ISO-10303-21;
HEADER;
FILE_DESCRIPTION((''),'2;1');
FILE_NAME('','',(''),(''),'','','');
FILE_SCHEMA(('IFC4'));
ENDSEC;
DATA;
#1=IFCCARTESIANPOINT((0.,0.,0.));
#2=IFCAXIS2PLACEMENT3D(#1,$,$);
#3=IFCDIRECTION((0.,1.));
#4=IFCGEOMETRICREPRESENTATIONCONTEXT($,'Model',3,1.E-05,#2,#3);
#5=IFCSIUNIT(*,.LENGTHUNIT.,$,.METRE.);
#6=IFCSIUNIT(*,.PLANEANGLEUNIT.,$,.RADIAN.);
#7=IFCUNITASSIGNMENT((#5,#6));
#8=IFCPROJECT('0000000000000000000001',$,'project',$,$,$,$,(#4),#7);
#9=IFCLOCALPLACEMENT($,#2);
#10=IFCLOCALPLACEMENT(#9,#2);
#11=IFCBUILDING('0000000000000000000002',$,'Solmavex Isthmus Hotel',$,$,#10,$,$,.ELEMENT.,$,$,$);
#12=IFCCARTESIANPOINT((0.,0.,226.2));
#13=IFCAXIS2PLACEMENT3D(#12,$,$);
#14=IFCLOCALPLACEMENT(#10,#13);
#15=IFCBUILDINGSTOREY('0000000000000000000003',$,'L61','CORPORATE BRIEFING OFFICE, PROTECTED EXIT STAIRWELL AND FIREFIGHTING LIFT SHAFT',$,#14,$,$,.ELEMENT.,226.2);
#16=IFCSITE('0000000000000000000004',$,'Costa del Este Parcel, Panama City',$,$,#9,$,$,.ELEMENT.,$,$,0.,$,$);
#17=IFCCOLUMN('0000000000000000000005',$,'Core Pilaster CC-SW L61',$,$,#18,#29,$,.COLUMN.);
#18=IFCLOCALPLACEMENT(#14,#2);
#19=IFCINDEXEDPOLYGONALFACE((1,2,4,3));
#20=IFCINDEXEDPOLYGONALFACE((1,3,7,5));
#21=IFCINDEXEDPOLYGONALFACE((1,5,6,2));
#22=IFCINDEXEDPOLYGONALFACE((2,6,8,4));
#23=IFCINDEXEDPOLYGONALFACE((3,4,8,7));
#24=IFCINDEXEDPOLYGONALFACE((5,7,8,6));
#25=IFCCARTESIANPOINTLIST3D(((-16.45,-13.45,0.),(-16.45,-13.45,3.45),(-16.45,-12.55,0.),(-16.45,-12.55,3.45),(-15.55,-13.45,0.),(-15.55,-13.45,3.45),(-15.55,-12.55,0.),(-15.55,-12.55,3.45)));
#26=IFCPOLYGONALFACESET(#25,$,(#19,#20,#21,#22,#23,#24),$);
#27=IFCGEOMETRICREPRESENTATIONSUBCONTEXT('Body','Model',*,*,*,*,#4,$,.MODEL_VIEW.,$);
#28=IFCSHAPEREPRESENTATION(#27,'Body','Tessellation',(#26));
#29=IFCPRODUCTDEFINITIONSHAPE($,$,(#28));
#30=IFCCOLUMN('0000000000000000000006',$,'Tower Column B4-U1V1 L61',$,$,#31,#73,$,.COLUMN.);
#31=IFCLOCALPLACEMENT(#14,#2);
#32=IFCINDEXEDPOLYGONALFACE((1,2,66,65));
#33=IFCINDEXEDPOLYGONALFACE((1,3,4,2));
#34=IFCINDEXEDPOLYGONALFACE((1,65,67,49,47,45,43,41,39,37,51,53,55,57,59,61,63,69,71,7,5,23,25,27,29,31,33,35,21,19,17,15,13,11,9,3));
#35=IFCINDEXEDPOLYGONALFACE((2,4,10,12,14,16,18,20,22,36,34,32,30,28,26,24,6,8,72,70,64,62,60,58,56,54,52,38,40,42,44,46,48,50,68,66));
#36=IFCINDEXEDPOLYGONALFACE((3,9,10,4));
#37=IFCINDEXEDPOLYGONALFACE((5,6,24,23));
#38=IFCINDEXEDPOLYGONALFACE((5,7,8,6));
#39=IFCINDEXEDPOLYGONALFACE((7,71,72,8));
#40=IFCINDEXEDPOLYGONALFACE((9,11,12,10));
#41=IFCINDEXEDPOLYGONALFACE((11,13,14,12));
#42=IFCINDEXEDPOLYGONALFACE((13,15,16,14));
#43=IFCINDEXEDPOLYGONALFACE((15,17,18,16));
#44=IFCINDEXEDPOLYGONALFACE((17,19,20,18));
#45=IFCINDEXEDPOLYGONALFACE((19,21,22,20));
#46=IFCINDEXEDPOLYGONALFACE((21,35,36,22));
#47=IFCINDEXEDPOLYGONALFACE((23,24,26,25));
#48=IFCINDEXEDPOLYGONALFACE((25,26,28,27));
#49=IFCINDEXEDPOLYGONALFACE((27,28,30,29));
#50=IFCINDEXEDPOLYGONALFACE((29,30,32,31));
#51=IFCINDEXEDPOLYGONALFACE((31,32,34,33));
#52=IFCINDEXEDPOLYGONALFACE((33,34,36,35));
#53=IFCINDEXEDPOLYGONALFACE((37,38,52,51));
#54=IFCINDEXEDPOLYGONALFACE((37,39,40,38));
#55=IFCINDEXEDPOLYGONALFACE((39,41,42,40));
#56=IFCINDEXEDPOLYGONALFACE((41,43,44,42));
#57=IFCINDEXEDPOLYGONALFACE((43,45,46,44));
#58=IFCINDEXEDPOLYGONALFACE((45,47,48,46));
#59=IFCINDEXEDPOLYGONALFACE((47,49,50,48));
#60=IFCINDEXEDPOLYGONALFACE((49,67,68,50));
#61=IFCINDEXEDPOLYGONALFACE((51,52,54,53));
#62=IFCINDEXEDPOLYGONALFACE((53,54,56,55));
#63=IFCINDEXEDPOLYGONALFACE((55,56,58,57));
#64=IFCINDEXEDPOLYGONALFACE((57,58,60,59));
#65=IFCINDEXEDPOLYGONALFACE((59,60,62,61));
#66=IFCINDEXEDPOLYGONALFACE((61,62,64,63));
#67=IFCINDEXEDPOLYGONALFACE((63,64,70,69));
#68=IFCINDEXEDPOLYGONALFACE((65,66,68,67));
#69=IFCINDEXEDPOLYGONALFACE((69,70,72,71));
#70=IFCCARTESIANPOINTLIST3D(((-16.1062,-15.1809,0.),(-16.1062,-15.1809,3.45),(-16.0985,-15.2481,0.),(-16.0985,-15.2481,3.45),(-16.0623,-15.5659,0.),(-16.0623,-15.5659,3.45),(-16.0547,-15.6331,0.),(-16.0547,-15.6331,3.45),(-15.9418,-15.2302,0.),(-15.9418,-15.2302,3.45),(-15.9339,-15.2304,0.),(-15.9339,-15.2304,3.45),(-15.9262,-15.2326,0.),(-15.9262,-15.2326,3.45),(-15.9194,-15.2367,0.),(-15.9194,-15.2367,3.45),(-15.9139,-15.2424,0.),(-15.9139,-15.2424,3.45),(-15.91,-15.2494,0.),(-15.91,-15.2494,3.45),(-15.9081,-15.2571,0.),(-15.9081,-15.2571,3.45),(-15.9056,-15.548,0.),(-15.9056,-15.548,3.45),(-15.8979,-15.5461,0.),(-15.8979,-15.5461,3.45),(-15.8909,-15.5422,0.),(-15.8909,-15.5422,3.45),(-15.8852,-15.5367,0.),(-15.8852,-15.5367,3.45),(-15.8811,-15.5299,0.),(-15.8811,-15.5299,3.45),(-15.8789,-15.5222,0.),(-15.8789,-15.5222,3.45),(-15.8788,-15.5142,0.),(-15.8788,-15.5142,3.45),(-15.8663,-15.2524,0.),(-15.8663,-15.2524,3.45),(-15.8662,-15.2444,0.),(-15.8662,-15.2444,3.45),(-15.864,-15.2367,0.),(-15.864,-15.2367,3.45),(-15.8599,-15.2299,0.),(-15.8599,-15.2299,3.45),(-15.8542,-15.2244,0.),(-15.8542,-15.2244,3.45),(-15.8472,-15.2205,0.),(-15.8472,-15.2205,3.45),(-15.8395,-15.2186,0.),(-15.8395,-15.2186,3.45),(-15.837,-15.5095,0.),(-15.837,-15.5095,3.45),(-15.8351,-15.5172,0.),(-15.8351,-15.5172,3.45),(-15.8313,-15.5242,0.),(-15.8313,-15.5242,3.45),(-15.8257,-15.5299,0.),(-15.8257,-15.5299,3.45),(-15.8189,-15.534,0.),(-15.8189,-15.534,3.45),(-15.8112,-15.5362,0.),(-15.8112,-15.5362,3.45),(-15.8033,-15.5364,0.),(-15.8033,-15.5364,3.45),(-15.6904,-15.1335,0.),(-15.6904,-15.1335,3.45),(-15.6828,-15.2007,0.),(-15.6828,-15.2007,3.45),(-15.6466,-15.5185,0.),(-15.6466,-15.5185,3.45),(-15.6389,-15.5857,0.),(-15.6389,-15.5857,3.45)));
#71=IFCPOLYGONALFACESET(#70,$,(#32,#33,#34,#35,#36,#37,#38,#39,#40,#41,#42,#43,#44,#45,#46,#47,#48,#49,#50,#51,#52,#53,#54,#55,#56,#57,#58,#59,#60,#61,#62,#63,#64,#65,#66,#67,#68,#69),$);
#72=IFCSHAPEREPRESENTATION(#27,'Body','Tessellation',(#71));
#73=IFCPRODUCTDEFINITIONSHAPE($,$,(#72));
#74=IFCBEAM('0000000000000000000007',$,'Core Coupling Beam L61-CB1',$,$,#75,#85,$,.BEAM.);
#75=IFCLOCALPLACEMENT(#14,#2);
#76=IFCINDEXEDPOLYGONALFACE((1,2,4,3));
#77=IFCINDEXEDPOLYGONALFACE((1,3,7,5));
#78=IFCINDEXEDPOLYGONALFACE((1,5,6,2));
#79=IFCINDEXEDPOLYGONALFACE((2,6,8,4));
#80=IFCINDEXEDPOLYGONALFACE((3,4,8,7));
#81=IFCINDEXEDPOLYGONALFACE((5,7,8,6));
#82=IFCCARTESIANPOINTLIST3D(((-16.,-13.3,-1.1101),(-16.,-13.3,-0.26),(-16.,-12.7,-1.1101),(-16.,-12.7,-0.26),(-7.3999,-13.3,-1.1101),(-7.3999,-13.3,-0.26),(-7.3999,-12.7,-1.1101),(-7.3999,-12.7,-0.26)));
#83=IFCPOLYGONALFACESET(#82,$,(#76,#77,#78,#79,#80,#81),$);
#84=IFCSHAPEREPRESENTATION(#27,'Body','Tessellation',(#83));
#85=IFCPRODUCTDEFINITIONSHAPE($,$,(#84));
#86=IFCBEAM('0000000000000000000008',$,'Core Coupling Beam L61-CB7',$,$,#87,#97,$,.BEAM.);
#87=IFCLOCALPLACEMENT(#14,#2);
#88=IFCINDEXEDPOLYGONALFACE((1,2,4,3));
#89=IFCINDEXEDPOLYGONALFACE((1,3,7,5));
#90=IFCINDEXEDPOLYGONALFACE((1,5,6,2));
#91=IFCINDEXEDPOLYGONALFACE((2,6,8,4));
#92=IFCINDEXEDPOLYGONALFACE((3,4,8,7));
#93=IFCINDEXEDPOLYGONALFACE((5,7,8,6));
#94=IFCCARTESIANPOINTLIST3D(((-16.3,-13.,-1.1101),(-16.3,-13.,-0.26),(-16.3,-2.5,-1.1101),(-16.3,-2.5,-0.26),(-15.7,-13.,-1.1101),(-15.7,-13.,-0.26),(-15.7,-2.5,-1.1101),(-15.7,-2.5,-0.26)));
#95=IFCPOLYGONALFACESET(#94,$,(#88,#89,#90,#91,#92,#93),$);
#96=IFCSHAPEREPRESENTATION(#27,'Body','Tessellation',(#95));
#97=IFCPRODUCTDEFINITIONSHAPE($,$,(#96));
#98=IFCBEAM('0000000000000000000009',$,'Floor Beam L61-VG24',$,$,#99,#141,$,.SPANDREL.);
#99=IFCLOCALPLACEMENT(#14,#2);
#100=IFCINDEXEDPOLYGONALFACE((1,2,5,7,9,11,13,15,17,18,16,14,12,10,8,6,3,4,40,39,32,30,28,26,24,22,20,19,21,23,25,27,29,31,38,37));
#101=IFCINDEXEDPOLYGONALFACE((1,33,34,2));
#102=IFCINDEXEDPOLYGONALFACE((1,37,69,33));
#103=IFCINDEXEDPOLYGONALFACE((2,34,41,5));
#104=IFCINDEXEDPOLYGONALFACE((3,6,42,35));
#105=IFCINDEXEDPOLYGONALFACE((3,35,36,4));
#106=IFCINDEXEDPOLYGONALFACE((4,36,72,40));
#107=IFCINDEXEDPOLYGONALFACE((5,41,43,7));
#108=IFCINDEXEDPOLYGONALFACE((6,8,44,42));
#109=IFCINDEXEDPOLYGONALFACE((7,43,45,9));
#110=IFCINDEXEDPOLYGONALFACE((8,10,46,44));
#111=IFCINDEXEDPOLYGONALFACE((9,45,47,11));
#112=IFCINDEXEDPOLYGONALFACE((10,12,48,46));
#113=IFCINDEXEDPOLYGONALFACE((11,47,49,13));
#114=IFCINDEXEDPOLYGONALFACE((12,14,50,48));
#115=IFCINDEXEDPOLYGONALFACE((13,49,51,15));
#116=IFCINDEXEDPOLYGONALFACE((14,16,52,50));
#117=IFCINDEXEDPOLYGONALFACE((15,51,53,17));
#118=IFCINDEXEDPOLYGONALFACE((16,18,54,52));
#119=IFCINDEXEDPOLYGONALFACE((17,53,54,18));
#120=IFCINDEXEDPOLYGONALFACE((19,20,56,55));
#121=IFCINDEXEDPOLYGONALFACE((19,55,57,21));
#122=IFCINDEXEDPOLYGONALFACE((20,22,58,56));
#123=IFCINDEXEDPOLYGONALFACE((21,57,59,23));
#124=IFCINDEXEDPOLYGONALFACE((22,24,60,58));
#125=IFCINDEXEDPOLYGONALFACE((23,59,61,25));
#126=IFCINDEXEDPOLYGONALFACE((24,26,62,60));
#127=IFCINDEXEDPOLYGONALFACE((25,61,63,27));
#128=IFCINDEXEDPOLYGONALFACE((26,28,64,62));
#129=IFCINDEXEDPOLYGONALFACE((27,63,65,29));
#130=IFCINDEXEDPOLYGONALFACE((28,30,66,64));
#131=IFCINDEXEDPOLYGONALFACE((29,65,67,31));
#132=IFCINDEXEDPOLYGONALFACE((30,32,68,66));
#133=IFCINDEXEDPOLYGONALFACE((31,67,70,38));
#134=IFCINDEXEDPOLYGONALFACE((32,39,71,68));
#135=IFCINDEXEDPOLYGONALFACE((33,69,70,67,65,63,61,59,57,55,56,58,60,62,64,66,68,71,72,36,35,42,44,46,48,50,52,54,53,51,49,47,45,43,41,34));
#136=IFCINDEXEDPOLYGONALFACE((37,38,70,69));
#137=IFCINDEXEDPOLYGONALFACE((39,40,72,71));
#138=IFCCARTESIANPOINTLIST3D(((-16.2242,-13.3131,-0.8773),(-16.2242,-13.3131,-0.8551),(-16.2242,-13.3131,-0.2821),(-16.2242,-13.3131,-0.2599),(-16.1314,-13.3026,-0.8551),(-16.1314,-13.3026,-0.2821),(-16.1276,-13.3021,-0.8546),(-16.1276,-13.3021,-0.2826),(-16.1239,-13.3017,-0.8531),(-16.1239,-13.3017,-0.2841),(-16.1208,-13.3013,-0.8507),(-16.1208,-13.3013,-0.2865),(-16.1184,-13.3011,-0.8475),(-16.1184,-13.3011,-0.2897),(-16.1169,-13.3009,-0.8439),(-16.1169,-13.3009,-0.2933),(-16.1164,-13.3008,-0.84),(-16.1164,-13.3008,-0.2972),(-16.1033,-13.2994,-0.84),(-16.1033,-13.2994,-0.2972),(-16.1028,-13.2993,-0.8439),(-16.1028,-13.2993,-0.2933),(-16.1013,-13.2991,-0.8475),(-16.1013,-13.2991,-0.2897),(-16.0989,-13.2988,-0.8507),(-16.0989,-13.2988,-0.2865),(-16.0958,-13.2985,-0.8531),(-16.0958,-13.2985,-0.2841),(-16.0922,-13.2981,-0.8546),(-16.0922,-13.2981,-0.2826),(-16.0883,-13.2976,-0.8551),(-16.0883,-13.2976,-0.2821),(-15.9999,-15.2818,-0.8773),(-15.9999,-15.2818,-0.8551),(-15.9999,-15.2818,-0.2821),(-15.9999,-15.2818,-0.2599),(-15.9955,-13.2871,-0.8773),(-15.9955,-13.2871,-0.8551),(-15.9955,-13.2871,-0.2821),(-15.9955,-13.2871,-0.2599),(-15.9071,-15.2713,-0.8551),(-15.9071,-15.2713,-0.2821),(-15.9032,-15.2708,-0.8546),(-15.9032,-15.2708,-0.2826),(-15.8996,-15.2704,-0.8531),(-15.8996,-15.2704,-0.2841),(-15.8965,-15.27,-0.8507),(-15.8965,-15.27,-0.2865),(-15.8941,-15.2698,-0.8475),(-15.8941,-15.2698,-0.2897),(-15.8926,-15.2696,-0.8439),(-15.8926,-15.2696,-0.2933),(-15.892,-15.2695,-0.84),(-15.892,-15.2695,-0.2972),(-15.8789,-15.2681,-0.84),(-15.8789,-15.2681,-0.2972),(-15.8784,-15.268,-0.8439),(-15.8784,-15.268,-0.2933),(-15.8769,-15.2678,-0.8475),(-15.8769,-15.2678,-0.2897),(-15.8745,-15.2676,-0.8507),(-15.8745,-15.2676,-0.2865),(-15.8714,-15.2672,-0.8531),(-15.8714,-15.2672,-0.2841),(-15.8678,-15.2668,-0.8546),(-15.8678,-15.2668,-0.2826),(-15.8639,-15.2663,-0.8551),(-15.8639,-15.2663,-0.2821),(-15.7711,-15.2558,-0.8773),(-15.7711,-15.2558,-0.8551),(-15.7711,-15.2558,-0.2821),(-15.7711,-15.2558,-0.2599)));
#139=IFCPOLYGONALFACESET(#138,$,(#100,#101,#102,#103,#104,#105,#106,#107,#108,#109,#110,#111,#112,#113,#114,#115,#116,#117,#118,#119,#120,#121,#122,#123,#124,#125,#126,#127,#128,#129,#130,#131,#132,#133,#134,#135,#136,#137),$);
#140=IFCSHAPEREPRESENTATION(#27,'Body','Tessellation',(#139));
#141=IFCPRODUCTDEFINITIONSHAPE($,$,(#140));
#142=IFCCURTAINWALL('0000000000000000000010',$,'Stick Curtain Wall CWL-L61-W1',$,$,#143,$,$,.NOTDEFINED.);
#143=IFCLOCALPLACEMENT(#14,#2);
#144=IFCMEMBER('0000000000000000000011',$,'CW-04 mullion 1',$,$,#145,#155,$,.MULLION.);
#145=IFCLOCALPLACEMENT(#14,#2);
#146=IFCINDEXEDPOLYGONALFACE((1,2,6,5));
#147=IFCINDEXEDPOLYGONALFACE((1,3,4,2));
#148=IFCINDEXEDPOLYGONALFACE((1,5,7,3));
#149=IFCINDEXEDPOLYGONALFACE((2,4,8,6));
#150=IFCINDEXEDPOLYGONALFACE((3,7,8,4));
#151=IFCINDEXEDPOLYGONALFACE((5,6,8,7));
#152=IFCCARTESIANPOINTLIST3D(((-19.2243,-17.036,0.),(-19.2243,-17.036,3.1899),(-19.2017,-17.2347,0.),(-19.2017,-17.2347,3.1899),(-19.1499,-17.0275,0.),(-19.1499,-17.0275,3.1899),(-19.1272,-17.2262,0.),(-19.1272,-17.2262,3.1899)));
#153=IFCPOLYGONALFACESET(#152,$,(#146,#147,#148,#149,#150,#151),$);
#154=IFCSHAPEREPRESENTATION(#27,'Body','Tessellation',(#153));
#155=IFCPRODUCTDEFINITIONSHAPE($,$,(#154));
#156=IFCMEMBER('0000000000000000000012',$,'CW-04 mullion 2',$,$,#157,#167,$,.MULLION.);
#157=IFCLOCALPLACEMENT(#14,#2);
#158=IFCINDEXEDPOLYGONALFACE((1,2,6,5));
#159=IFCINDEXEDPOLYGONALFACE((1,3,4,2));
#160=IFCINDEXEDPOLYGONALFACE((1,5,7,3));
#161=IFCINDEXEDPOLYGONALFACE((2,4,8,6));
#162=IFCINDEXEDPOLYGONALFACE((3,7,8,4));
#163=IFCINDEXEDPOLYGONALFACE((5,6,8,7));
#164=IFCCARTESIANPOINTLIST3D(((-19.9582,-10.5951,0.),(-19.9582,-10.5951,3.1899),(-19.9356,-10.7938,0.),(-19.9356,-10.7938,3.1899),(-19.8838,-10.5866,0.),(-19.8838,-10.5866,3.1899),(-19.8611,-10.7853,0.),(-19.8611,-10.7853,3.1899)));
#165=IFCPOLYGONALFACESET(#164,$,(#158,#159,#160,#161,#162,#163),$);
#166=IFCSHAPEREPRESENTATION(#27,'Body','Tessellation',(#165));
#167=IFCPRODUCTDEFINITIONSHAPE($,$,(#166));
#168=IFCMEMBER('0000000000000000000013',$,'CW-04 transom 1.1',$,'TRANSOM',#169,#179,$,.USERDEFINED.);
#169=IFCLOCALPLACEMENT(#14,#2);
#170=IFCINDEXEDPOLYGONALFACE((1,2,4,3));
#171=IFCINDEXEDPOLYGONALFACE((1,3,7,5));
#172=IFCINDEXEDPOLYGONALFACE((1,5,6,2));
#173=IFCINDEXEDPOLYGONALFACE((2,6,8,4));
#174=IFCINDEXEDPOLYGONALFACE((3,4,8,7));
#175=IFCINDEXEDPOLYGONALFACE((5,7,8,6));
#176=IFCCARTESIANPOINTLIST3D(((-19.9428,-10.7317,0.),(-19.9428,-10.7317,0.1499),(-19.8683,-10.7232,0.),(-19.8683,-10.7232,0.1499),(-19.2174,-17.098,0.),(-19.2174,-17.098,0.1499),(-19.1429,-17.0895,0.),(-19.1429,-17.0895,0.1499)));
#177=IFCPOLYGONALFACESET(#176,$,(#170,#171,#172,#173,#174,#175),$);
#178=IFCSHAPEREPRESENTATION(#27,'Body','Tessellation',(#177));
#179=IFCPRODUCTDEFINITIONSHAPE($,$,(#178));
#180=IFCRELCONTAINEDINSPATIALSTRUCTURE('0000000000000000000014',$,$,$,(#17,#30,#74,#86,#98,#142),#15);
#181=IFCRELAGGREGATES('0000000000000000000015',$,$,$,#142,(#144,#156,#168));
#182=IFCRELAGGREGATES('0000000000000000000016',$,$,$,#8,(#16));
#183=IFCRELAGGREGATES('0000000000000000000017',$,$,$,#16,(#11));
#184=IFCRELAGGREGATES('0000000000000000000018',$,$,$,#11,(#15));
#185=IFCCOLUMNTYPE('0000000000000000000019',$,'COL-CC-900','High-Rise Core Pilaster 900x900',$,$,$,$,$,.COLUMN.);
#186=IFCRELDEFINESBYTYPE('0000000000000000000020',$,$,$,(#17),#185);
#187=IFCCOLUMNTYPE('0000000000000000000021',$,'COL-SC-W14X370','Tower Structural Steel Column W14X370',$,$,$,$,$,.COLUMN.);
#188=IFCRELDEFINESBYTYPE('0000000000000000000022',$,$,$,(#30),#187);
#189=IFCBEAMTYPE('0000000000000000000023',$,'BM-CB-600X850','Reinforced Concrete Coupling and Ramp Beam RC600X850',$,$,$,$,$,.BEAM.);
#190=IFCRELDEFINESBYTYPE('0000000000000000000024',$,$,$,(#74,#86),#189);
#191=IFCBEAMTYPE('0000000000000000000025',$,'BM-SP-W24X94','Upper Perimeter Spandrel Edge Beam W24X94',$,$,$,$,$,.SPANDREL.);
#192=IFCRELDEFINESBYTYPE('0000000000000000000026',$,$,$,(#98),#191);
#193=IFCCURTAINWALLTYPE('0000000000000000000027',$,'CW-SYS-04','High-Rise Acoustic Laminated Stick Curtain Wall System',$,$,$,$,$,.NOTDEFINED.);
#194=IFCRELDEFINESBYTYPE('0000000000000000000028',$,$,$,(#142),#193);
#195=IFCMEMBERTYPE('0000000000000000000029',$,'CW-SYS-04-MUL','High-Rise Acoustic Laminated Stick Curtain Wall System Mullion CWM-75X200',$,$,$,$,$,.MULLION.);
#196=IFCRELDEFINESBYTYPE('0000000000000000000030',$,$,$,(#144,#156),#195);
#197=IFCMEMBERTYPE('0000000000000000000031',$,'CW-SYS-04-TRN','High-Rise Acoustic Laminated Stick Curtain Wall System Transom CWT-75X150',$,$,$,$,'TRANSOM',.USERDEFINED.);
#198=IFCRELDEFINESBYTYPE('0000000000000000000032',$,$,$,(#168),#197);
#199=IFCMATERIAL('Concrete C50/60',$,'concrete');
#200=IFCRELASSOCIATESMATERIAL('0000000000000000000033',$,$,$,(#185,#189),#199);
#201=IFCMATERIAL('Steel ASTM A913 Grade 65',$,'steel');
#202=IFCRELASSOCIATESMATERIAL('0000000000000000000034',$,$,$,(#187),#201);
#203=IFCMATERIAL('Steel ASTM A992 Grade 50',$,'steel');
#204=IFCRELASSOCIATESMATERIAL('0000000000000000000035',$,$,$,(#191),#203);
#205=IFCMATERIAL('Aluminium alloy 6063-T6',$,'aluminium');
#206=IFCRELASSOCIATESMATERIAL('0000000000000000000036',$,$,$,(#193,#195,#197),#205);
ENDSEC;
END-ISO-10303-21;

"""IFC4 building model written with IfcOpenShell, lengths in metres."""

from ifc_helpers import new_model, si_unit, direction, frame, origin, origin_2d, place, context, subcontext, project, spatial, rectangle, i_section, extrude, material, material_profile, profile_set, type_object, element, aggregate, save


model = new_model("IFC4")

# Units and contexts
model_context = context("Model", 3, precision=1e-05, world=origin(), true_north=direction((0.0, 1.0)))
body_context = subcontext(model_context, "Body", "Model", "MODEL_VIEW")
ifc_project = project(units=[si_unit("LENGTHUNIT", "METRE"), si_unit("PLANEANGLEUNIT", "RADIAN")], contexts=[model_context])

# Site, building, storey
site_placement = place(None, origin())
site = spatial("IfcSite", under=ifc_project, at=site_placement, Name="Costa del Este Parcel, Panama City", CompositionType="ELEMENT", RefElevation=0.0)
building_placement = place(site_placement, origin())
building = spatial("IfcBuilding", under=site, at=building_placement, Name="Solmavex Isthmus Hotel", CompositionType="ELEMENT")
storey_placement = place(building_placement, frame((0.0, 0.0, 226.2)))
storey = spatial("IfcBuildingStorey", under=building, at=storey_placement, Name="L61", Description="CORPORATE BRIEFING OFFICE, PROTECTED EXIT STAIRWELL AND FIREFIGHTING LIFT SHAFT", CompositionType="ELEMENT", Elevation=226.2)

# Columns
ifc_material_1 = material(Name="Concrete C50/60", Category="concrete")
ifc_material_profile_1 = material_profile(ifc_material_1, rectangle(XDim=0.8999, YDim=0.8999, at=origin_2d()), Name="RC900X900")
ifc_profile_set_1 = profile_set([ifc_material_profile_1], Name="Concrete C50/60")
column_type_1 = type_object("IfcColumnType", Name="COL-CC-900", Description="High-Rise Core Pilaster 900x900", PredefinedType="COLUMN", material=ifc_profile_set_1)
column_1_placement = place(storey_placement, frame((-16.0, -13.0, 0.0), z_axis=(0.0, 0.0, 1.0), x_axis=(1.0, 0.0, 0.0)))
element("IfcColumn", 1, at=column_1_placement, inside=storey, type_object=column_type_1, Name="Core Pilaster CC-SW L61", PredefinedType="COLUMN", context=body_context, shape_type="SweptSolid", body=[
    extrude(rectangle(XDim=0.8999, YDim=0.8999, at=origin_2d()), origin(), (0.0, 0.0, 1.0), 3.45),
])
ifc_material_2 = material(Name="Steel ASTM A913 Grade 65", Category="steel")
ifc_material_profile_2 = material_profile(ifc_material_2, i_section(OverallWidth=0.4185, OverallDepth=0.4551, WebThickness=0.042, FlangeThickness=0.0676, FilletRadius=0.0305, at=origin_2d()), Name="W14X370")
ifc_profile_set_2 = profile_set([ifc_material_profile_2], Name="Steel ASTM A913 Grade 65")
column_type_2 = type_object("IfcColumnType", Name="COL-SC-W14X370", Description="Tower Structural Steel Column W14X370", PredefinedType="COLUMN", material=ifc_profile_set_2)
column_2_placement = place(storey_placement, frame((-15.8726, -15.3833, 0.0), z_axis=(0.0, 0.0, 1.0), x_axis=(0.993572, 0.113203, 0.0)))
element("IfcColumn", 2, at=column_2_placement, inside=storey, type_object=column_type_2, Name="Tower Column B4-U1V1 L61", PredefinedType="COLUMN", context=body_context, shape_type="SweptSolid", body=[
    extrude(i_section(OverallWidth=0.4185, OverallDepth=0.4551, WebThickness=0.042, FlangeThickness=0.0676, FilletRadius=0.0305, at=origin_2d()), origin(), (0.0, 0.0, 1.0), 3.45),
])

# Beams
ifc_material_profile_3 = material_profile(ifc_material_1, rectangle(XDim=0.6001, YDim=0.8501, at=origin_2d()), Name="RC600X850")
ifc_profile_set_3 = profile_set([ifc_material_profile_3], Name="Concrete C50/60")
beam_type_1 = type_object("IfcBeamType", Name="BM-CB-600X850", Description="Reinforced Concrete Coupling and Ramp Beam RC600X850", PredefinedType="BEAM", material=ifc_profile_set_3)
beam_1_placement = place(storey_placement, frame((-16.0, -13.0, -0.6851), z_axis=(1.0, 0.0, 0.0), x_axis=(0.0, 1.0, 0.0)))
element("IfcBeam", 3, at=beam_1_placement, inside=storey, type_object=beam_type_1, Name="Core Coupling Beam L61-CB1", PredefinedType="BEAM", context=body_context, shape_type="SweptSolid", body=[
    extrude(rectangle(XDim=0.6001, YDim=0.8501, at=origin_2d()), origin(), (0.0, 0.0, 1.0), 8.6001),
])
beam_2_placement = place(storey_placement, frame((-16.0, -13.0, -0.6851), z_axis=(0.0, 1.0, 0.0), x_axis=(-1.0, 0.0, 0.0)))
element("IfcBeam", 4, at=beam_2_placement, inside=storey, type_object=beam_type_1, Name="Core Coupling Beam L61-CB7", PredefinedType="BEAM", context=body_context, shape_type="SweptSolid", body=[
    extrude(rectangle(XDim=0.6001, YDim=0.8501, at=origin_2d()), origin(), (0.0, 0.0, 1.0), 10.5),
])
ifc_material_3 = material(Name="Steel ASTM A992 Grade 50", Category="steel")
ifc_material_profile_4 = material_profile(ifc_material_3, i_section(OverallWidth=0.2302, OverallDepth=0.6174, WebThickness=0.0132, FlangeThickness=0.0222, FilletRadius=0.0151, at=origin_2d()), Name="W24X94")
ifc_profile_set_4 = profile_set([ifc_material_profile_4], Name="Steel ASTM A992 Grade 50")
beam_type_2 = type_object("IfcBeamType", Name="BM-SP-W24X94", Description="Upper Perimeter Spandrel Edge Beam W24X94", PredefinedType="SPANDREL", material=ifc_profile_set_4)
beam_3_placement = place(storey_placement, frame((-15.8855, -15.2688, -0.5686), z_axis=(-0.11323, 0.993569, 0.0), x_axis=(-0.993569, -0.11323, 0.0)))
element("IfcBeam", 5, at=beam_3_placement, inside=storey, type_object=beam_type_2, Name="Floor Beam L61-VG24", PredefinedType="SPANDREL", context=body_context, shape_type="SweptSolid", body=[
    extrude(i_section(OverallWidth=0.2302, OverallDepth=0.6174, WebThickness=0.0132, FlangeThickness=0.0222, FilletRadius=0.0151, at=origin_2d()), origin(), (0.0, 0.0, 1.0), 1.9814),
])

# Curtain wall, members
ifc_material_4 = material(Name="Aluminium alloy 6063-T6", Category="aluminium")
curtain_wall_type = type_object("IfcCurtainWallType", Name="CW-SYS-04", Description="High-Rise Acoustic Laminated Stick Curtain Wall System", PredefinedType="NOTDEFINED", material=ifc_material_4)
curtain_wall_placement = place(storey_placement, origin())
curtain_wall = element("IfcCurtainWall", 6, at=curtain_wall_placement, inside=storey, type_object=curtain_wall_type, Name="Stick Curtain Wall CWL-L61-W1", PredefinedType="NOTDEFINED")
ifc_material_profile_5 = material_profile(ifc_material_4, rectangle(XDim=0.075, YDim=0.2, at=origin_2d()), Name="CWM-75X200")
ifc_profile_set_5 = profile_set([ifc_material_profile_5], Name="Aluminium alloy 6063-T6")
member_type_1 = type_object("IfcMemberType", Name="CW-SYS-04-MUL", Description="High-Rise Acoustic Laminated Stick Curtain Wall System Mullion CWM-75X200", PredefinedType="MULLION", material=ifc_profile_set_5)
member_1_placement = place(storey_placement, frame((-19.1758, -17.1311, 0.0), z_axis=(0.0, 0.0, 1.0), x_axis=(-0.993572, -0.113203, 0.0)))
member_1 = element("IfcMember", 7, at=member_1_placement, type_object=member_type_1, Name="CW-04 mullion 1", PredefinedType="MULLION", context=body_context, shape_type="SweptSolid", body=[
    extrude(rectangle(XDim=0.075, YDim=0.2, at=origin_2d()), origin(), (0.0, 0.0, 1.0), 3.1899),
])
member_2_placement = place(storey_placement, frame((-19.9097, -10.6902, 0.0), z_axis=(0.0, 0.0, 1.0), x_axis=(-0.993572, -0.113203, 0.0)))
member_2 = element("IfcMember", 8, at=member_2_placement, type_object=member_type_1, Name="CW-04 mullion 2", PredefinedType="MULLION", context=body_context, shape_type="SweptSolid", body=[
    extrude(rectangle(XDim=0.075, YDim=0.2, at=origin_2d()), origin(), (0.0, 0.0, 1.0), 3.1899),
])
ifc_material_profile_6 = material_profile(ifc_material_4, rectangle(XDim=0.075, YDim=0.1499, at=origin_2d()), Name="CWT-75X150")
ifc_profile_set_6 = profile_set([ifc_material_profile_6], Name="Aluminium alloy 6063-T6")
member_type_2 = type_object("IfcMemberType", Name="CW-SYS-04-TRN", Description="High-Rise Acoustic Laminated Stick Curtain Wall System Transom CWT-75X150", ElementType="TRANSOM", PredefinedType="USERDEFINED", material=ifc_profile_set_6)
member_3_placement = place(storey_placement, frame((-19.1802, -17.0938, 0.075), z_axis=(-0.113204, 0.993572, 0.0), x_axis=(-0.993572, -0.113204, 0.0)))
member_3 = element("IfcMember", 9, at=member_3_placement, type_object=member_type_2, Name="CW-04 transom 1.1", ObjectType="TRANSOM", PredefinedType="USERDEFINED", context=body_context, shape_type="SweptSolid", body=[
    extrude(rectangle(XDim=0.075, YDim=0.1499, at=origin_2d()), origin(), (0.0, 0.0, 1.0), 6.4075),
])
aggregate(curtain_wall, [member_1, member_2, member_3])

save(model, "model.ifc")
